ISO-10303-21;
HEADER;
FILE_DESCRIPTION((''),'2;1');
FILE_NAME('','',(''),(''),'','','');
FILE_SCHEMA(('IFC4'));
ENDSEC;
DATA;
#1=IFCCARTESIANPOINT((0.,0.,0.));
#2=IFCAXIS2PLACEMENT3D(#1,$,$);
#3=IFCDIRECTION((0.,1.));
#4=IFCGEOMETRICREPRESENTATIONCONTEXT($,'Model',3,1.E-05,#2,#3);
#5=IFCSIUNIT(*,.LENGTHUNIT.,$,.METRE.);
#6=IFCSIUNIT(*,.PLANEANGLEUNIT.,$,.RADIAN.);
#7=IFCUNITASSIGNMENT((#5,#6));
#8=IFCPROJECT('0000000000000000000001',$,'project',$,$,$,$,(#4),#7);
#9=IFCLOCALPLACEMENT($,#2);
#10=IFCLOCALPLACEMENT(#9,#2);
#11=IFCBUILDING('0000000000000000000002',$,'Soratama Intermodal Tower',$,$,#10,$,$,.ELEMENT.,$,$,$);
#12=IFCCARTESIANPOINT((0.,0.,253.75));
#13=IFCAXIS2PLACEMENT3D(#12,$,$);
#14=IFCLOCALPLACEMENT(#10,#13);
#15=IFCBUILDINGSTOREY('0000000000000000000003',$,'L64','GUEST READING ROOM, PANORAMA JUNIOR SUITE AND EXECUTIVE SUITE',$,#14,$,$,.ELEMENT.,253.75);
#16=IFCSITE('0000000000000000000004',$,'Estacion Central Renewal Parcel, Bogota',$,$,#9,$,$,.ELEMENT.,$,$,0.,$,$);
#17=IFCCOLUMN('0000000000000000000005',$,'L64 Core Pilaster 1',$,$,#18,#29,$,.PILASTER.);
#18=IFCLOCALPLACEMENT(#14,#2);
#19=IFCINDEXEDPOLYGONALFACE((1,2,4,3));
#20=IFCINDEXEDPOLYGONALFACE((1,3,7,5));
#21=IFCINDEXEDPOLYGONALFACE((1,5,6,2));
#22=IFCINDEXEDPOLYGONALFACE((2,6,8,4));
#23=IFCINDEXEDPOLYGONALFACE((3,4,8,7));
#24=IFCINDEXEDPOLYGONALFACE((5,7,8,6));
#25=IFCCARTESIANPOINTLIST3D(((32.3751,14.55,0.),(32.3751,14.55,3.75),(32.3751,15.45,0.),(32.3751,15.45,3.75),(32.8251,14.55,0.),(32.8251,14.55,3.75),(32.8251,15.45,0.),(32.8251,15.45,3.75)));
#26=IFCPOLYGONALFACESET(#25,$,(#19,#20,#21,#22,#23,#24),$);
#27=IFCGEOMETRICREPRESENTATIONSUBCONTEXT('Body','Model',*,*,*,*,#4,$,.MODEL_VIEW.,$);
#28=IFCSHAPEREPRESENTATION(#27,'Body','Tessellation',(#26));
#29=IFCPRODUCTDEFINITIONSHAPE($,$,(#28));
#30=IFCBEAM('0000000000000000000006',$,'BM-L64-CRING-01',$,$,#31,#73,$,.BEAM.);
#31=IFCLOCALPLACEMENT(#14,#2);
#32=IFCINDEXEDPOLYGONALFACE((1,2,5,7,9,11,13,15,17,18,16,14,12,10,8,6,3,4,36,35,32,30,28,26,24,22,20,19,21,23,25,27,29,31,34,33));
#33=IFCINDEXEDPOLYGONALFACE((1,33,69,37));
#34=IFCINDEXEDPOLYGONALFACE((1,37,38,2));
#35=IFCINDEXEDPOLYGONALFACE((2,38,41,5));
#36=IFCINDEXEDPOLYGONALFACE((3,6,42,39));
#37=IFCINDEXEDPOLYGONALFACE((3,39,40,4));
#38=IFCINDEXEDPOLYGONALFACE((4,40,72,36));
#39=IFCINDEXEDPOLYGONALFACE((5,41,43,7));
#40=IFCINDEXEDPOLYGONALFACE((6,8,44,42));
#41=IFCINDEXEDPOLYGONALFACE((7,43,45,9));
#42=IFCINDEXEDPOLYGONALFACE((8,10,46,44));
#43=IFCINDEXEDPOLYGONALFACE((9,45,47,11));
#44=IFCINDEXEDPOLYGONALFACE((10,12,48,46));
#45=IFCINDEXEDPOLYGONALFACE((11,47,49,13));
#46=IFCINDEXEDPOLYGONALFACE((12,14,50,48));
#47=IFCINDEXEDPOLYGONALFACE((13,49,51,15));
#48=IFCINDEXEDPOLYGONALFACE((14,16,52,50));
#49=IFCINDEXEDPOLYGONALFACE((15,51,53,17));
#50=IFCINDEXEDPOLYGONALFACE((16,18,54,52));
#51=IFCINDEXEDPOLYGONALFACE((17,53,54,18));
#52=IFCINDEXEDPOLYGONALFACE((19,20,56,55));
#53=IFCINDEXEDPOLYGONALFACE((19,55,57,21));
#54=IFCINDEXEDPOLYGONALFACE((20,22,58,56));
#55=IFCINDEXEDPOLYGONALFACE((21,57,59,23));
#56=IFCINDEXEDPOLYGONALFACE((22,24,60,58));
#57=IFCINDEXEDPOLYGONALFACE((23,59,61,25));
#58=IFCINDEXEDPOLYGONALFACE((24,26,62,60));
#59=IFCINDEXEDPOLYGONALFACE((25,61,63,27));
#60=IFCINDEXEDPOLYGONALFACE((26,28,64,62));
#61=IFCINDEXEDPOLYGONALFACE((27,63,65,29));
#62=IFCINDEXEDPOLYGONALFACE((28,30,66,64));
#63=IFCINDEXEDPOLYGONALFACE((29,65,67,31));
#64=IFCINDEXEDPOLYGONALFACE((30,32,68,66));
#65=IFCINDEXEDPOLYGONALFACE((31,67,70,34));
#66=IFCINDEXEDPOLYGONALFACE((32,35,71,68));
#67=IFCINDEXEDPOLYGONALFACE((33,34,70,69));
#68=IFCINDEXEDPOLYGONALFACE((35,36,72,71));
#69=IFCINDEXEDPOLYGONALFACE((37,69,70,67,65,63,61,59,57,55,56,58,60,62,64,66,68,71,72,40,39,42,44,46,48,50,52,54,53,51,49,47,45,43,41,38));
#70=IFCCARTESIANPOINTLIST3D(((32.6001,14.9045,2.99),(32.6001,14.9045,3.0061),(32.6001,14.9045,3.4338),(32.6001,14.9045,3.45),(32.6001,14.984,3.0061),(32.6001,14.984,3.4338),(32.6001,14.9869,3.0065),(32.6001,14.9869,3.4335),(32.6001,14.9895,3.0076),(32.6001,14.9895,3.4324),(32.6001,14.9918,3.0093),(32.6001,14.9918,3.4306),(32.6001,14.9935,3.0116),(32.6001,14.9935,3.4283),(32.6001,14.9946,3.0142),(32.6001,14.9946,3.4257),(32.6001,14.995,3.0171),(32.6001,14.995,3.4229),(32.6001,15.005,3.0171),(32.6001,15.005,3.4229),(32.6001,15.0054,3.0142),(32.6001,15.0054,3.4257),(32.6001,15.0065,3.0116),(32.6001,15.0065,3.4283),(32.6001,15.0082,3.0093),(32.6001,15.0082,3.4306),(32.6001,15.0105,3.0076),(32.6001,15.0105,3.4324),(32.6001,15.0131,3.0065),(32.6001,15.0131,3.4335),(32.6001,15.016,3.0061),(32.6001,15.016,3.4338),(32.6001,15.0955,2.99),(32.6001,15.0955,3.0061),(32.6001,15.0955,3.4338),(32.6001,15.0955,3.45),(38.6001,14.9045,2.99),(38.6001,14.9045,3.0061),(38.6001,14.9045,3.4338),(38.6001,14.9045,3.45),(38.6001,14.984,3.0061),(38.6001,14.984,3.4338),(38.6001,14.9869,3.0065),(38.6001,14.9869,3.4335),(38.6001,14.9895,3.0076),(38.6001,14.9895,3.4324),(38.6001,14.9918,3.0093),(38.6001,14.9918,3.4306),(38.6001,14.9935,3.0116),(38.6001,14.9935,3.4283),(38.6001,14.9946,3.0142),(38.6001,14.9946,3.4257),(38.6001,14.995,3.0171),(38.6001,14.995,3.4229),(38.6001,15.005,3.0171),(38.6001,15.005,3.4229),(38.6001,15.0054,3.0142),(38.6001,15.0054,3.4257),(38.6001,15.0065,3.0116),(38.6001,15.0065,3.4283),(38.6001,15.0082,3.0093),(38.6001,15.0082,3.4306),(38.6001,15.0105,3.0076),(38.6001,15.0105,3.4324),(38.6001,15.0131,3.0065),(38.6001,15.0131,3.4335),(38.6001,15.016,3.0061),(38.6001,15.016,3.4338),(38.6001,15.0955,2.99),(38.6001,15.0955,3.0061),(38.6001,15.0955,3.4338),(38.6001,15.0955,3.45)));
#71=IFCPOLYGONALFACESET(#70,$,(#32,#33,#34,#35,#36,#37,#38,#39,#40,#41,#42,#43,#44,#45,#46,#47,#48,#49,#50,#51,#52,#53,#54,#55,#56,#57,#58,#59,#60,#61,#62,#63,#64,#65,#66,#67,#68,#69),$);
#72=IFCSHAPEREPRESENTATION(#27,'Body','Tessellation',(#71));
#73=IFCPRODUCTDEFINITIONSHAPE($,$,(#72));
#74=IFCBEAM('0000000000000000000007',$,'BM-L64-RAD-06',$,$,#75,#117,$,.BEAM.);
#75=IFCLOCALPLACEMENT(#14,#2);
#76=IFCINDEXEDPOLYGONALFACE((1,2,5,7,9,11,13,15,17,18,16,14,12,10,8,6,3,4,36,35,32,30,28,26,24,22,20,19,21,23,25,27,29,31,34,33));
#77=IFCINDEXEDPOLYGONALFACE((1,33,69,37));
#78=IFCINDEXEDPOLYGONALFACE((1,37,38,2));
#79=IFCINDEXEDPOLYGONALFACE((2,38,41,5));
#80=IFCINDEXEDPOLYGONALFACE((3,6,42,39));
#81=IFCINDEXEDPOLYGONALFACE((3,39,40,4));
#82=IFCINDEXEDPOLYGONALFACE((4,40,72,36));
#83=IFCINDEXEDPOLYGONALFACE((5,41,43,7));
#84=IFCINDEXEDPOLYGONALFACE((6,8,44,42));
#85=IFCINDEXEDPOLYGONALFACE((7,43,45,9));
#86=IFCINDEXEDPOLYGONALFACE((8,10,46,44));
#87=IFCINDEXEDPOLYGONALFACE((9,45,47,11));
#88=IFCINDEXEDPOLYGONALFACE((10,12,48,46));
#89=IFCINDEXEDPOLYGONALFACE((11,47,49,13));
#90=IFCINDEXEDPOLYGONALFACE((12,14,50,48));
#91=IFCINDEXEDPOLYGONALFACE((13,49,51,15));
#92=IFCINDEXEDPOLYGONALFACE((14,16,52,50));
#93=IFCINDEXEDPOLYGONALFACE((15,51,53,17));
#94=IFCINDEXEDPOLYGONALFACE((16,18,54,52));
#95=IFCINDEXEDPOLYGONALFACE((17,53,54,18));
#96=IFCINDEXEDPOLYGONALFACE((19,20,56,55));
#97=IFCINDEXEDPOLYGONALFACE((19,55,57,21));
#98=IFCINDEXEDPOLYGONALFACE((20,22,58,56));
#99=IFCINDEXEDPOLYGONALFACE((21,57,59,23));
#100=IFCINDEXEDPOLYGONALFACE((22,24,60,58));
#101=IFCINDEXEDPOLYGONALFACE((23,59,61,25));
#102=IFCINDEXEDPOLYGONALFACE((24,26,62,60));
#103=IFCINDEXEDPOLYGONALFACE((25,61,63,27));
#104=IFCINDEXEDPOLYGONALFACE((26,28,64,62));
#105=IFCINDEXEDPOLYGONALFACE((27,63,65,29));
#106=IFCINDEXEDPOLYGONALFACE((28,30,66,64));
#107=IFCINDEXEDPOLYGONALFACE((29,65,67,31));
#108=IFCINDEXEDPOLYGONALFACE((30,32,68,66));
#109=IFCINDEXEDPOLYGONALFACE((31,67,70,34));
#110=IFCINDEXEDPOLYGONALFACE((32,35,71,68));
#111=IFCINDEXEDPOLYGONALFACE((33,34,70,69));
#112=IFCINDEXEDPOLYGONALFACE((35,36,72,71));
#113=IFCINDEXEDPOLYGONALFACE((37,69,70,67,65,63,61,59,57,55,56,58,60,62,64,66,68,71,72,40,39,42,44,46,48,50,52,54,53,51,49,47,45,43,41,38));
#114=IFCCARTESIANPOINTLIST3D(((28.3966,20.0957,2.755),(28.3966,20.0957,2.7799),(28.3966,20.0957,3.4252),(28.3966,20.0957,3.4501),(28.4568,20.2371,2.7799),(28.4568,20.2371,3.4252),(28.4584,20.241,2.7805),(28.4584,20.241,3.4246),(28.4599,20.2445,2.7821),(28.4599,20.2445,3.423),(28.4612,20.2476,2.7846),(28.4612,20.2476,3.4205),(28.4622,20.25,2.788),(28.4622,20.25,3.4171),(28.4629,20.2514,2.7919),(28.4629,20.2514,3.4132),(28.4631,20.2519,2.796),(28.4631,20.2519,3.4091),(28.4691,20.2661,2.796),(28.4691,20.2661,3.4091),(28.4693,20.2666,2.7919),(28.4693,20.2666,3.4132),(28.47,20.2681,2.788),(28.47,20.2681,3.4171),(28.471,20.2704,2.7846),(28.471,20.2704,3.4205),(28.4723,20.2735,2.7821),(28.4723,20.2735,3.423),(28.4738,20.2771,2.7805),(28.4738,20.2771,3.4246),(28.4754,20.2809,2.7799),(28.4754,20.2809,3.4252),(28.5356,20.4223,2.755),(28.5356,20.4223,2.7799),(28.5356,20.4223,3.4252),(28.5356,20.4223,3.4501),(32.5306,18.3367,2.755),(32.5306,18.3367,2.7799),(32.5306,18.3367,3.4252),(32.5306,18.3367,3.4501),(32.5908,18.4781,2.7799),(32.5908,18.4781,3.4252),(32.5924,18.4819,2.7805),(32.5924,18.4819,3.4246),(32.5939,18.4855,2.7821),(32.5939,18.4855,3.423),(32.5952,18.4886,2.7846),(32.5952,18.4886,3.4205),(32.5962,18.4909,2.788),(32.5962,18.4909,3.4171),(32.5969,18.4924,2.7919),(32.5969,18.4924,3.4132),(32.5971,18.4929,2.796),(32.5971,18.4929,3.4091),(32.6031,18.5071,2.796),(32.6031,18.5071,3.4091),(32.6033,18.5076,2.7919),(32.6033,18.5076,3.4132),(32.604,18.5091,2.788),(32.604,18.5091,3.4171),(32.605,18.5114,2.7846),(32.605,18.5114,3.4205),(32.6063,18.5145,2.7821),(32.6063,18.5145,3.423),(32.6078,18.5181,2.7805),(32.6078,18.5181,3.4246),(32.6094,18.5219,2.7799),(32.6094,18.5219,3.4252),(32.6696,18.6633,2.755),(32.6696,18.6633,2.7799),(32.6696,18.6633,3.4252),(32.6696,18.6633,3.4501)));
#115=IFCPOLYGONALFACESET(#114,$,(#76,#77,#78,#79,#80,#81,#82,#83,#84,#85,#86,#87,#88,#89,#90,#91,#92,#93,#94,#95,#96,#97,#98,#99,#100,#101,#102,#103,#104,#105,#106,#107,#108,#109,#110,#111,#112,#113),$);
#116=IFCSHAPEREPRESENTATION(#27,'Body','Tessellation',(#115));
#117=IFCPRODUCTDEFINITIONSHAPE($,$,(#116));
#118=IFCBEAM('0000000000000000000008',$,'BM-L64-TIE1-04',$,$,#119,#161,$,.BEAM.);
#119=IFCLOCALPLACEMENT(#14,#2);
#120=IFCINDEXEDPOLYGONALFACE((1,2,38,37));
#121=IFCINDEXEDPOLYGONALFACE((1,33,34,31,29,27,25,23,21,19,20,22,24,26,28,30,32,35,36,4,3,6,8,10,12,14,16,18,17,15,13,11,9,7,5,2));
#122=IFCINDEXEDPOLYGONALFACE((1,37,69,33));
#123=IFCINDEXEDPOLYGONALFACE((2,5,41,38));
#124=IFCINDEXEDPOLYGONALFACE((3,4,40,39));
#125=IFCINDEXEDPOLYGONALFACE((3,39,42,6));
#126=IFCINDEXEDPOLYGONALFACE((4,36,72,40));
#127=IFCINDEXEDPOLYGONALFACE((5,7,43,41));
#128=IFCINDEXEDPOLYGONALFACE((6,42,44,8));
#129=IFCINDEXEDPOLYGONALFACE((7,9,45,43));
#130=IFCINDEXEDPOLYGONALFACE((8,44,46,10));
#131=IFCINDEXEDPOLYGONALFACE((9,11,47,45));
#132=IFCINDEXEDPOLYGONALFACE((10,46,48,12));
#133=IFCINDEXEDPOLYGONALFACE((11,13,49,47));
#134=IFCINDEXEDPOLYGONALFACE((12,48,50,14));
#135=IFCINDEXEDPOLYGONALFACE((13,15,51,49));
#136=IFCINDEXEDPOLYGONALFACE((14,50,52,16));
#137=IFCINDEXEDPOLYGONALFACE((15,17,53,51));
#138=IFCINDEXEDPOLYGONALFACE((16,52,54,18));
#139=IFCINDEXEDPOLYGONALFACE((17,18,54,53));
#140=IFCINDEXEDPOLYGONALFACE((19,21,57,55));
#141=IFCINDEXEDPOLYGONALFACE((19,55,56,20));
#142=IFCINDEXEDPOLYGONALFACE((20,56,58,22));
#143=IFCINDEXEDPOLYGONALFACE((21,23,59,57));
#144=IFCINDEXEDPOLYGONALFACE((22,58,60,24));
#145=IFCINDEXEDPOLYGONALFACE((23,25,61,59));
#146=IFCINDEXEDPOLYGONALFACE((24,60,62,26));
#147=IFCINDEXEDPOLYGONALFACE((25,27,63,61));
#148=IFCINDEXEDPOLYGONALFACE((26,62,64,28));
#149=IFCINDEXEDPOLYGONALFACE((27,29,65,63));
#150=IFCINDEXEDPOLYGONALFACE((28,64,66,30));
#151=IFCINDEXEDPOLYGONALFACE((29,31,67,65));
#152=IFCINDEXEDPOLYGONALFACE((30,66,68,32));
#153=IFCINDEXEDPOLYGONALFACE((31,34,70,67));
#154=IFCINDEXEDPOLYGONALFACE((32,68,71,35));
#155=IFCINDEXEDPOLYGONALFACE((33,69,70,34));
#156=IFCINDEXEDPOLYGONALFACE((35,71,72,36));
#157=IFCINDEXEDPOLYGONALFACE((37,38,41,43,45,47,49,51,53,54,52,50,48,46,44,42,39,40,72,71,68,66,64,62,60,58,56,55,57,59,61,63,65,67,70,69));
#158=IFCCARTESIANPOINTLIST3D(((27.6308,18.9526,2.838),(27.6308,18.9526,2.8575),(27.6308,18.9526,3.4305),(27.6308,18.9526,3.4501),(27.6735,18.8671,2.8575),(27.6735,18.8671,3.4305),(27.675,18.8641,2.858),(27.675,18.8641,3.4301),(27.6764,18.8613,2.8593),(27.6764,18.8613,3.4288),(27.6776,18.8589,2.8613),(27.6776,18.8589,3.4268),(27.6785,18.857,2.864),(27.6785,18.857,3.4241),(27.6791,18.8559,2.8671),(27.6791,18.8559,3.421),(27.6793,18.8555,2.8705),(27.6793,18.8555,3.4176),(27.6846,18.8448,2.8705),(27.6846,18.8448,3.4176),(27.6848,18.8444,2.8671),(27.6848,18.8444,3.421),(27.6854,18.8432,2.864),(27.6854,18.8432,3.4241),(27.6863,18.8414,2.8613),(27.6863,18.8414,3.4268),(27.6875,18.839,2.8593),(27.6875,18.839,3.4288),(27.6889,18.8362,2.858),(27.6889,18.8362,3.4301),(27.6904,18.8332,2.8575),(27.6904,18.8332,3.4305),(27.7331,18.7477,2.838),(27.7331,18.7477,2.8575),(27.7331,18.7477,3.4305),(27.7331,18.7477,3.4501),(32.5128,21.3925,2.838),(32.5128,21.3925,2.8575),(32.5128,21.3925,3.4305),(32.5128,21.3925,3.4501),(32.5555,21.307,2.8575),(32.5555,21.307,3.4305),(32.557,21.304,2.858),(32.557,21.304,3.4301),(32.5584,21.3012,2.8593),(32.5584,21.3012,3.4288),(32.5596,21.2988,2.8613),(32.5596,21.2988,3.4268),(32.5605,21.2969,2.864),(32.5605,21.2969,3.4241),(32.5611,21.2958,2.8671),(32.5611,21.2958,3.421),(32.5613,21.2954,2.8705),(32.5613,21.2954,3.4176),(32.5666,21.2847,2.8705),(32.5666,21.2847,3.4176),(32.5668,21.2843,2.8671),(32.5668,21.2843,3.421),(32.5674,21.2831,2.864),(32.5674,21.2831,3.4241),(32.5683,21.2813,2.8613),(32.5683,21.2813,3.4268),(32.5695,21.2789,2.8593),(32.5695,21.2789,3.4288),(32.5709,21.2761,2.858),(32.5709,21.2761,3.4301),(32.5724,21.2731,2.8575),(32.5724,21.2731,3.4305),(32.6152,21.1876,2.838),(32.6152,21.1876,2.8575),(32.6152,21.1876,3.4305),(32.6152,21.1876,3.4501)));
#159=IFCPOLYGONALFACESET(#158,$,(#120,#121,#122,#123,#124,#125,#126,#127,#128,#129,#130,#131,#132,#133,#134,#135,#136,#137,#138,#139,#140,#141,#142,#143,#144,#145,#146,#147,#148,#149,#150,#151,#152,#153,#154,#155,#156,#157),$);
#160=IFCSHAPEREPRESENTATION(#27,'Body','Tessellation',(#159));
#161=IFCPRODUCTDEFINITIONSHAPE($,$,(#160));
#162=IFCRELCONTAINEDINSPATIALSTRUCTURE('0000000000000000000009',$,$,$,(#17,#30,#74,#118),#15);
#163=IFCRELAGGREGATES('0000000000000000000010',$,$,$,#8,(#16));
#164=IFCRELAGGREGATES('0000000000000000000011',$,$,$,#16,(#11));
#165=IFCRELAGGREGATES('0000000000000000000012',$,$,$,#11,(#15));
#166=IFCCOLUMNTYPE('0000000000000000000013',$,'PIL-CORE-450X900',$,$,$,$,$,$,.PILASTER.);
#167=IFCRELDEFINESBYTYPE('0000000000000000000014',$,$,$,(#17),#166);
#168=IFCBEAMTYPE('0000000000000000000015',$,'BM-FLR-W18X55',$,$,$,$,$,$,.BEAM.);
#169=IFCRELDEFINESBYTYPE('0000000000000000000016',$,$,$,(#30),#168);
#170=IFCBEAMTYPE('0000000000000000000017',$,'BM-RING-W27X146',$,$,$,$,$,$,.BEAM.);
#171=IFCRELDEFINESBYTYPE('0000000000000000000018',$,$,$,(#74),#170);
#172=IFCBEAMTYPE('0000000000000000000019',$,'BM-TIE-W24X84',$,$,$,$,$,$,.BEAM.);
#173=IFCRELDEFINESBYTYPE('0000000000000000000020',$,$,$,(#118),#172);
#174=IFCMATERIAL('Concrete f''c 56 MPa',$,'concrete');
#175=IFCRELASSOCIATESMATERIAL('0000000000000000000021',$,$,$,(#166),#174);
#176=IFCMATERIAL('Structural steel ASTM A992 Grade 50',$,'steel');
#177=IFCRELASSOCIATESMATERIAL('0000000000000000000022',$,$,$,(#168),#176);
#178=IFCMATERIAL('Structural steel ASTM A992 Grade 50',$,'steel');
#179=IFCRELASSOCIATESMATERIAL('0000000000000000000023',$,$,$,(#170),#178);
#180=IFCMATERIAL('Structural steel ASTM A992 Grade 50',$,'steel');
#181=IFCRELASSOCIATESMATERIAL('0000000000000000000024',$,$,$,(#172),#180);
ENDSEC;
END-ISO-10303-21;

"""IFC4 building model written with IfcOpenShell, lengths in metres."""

from ifc_helpers import new_model, si_unit, direction, frame, origin, origin_2d, place, context, subcontext, project, spatial, rectangle, i_section, extrude, material, material_profile, profile_set, type_object, element, save


model = new_model("IFC4")

# Units and contexts
model_context = context("Model", 3, precision=1e-05, world=origin(), true_north=direction((0.0, 1.0)))
body_context = subcontext(model_context, "Body", "Model", "MODEL_VIEW")
ifc_project = project(units=[si_unit("LENGTHUNIT", "METRE"), si_unit("PLANEANGLEUNIT", "RADIAN")], contexts=[model_context])

# Site, building, storey
site_placement = place(None, origin())
site = spatial("IfcSite", under=ifc_project, at=site_placement, Name="Estacion Central Renewal Parcel, Bogota", CompositionType="ELEMENT", RefElevation=0.0)
building_placement = place(site_placement, origin())
building = spatial("IfcBuilding", under=site, at=building_placement, Name="Soratama Intermodal Tower", CompositionType="ELEMENT")
storey_placement = place(building_placement, frame((0.0, 0.0, 253.75)))
storey = spatial("IfcBuildingStorey", under=building, at=storey_placement, Name="L64", Description="GUEST READING ROOM, PANORAMA JUNIOR SUITE AND EXECUTIVE SUITE", CompositionType="ELEMENT", Elevation=253.75)

# Column
ifc_material_1 = material(Name="Concrete f'c 56 MPa", Category="concrete")
ifc_material_profile_1 = material_profile(ifc_material_1, rectangle(XDim=0.45, YDim=0.8999, at=origin_2d()), Name="RC450X900")
ifc_profile_set_1 = profile_set([ifc_material_profile_1], Name="Concrete f'c 56 MPa")
column_type = type_object("IfcColumnType", Name="PIL-CORE-450X900", PredefinedType="PILASTER", material=ifc_profile_set_1)
column_placement = place(storey_placement, frame((32.6001, 15.0, 0.0), z_axis=(0.0, 0.0, 1.0), x_axis=(1.0, 0.0, 0.0)))
element("IfcColumn", 1, at=column_placement, inside=storey, type_object=column_type, Name="L64 Core Pilaster 1", PredefinedType="PILASTER", context=body_context, shape_type="SweptSolid", body=[
    extrude(rectangle(XDim=0.45, YDim=0.8999, at=origin_2d()), origin(), (0.0, 0.0, 1.0), 3.75),
])

# Beams
ifc_material_2 = material(Name="Structural steel ASTM A992 Grade 50", Category="steel")
ifc_material_profile_2 = material_profile(ifc_material_2, i_section(OverallWidth=0.1909, OverallDepth=0.46, WebThickness=0.01, FlangeThickness=0.0161, FilletRadius=0.011, at=origin_2d()), Name="W18X55")
ifc_profile_set_2 = profile_set([ifc_material_profile_2], Name="Structural steel ASTM A992 Grade 50")
beam_type_1 = type_object("IfcBeamType", Name="BM-FLR-W18X55", PredefinedType="BEAM", material=ifc_profile_set_2)
beam_1_placement = place(storey_placement, frame((32.6001, 15.0, 3.22), z_axis=(1.0, 0.0, 0.0), x_axis=(0.0, 1.0, 0.0)))
element("IfcBeam", 2, at=beam_1_placement, inside=storey, type_object=beam_type_1, Name="BM-L64-CRING-01", PredefinedType="BEAM", context=body_context, shape_type="SweptSolid", body=[
    extrude(i_section(OverallWidth=0.1909, OverallDepth=0.46, WebThickness=0.01, FlangeThickness=0.0161, FilletRadius=0.011, at=origin_2d()), origin(), (0.0, 0.0, 1.0), 6.0),
])
ifc_material_3 = material(Name="Structural steel ASTM A992 Grade 50", Category="steel")
ifc_material_profile_3 = material_profile(ifc_material_3, i_section(OverallWidth=0.355, OverallDepth=0.6951, WebThickness=0.0154, FlangeThickness=0.0249, FilletRadius=0.0161, at=origin_2d()), Name="W27X146")
ifc_profile_set_3 = profile_set([ifc_material_profile_3], Name="Structural steel ASTM A992 Grade 50")
beam_type_2 = type_object("IfcBeamType", Name="BM-RING-W27X146", PredefinedType="BEAM", material=ifc_profile_set_3)
beam_2_placement = place(storey_placement, frame((32.6001, 18.5, 3.1025), z_axis=(-0.920165, 0.391531, 0.0), x_axis=(-0.391531, -0.920165, 0.0)))
element("IfcBeam", 3, at=beam_2_placement, inside=storey, type_object=beam_type_2, Name="BM-L64-RAD-06", PredefinedType="BEAM", context=body_context, shape_type="SweptSolid", body=[
    extrude(i_section(OverallWidth=0.355, OverallDepth=0.6951, WebThickness=0.0154, FlangeThickness=0.0249, FilletRadius=0.0161, at=origin_2d()), origin(), (0.0, 0.0, 1.0), 4.4927),
])
ifc_material_4 = material(Name="Structural steel ASTM A992 Grade 50", Category="steel")
ifc_material_profile_4 = material_profile(ifc_material_4, i_section(OverallWidth=0.229, OverallDepth=0.6121, WebThickness=0.012, FlangeThickness=0.0195, FilletRadius=0.0129, at=origin_2d()), Name="W24X84")
ifc_profile_set_4 = profile_set([ifc_material_profile_4], Name="Structural steel ASTM A992 Grade 50")
beam_type_3 = type_object("IfcBeamType", Name="BM-TIE-W24X84", PredefinedType="BEAM", material=ifc_profile_set_4)
beam_3_placement = place(storey_placement, frame((32.564, 21.29, 3.144), z_axis=(-0.894508, -0.447053, 0.0), x_axis=(0.447053, -0.894508, 0.0)))
element("IfcBeam", 4, at=beam_3_placement, inside=storey, type_object=beam_type_3, Name="BM-L64-TIE1-04", PredefinedType="BEAM", context=body_context, shape_type="SweptSolid", body=[
    extrude(i_section(OverallWidth=0.229, OverallDepth=0.6121, WebThickness=0.012, FlangeThickness=0.0195, FilletRadius=0.0129, at=origin_2d()), origin(), (0.0, 0.0, 1.0), 5.4578),
])

save(model, "model.ifc")
